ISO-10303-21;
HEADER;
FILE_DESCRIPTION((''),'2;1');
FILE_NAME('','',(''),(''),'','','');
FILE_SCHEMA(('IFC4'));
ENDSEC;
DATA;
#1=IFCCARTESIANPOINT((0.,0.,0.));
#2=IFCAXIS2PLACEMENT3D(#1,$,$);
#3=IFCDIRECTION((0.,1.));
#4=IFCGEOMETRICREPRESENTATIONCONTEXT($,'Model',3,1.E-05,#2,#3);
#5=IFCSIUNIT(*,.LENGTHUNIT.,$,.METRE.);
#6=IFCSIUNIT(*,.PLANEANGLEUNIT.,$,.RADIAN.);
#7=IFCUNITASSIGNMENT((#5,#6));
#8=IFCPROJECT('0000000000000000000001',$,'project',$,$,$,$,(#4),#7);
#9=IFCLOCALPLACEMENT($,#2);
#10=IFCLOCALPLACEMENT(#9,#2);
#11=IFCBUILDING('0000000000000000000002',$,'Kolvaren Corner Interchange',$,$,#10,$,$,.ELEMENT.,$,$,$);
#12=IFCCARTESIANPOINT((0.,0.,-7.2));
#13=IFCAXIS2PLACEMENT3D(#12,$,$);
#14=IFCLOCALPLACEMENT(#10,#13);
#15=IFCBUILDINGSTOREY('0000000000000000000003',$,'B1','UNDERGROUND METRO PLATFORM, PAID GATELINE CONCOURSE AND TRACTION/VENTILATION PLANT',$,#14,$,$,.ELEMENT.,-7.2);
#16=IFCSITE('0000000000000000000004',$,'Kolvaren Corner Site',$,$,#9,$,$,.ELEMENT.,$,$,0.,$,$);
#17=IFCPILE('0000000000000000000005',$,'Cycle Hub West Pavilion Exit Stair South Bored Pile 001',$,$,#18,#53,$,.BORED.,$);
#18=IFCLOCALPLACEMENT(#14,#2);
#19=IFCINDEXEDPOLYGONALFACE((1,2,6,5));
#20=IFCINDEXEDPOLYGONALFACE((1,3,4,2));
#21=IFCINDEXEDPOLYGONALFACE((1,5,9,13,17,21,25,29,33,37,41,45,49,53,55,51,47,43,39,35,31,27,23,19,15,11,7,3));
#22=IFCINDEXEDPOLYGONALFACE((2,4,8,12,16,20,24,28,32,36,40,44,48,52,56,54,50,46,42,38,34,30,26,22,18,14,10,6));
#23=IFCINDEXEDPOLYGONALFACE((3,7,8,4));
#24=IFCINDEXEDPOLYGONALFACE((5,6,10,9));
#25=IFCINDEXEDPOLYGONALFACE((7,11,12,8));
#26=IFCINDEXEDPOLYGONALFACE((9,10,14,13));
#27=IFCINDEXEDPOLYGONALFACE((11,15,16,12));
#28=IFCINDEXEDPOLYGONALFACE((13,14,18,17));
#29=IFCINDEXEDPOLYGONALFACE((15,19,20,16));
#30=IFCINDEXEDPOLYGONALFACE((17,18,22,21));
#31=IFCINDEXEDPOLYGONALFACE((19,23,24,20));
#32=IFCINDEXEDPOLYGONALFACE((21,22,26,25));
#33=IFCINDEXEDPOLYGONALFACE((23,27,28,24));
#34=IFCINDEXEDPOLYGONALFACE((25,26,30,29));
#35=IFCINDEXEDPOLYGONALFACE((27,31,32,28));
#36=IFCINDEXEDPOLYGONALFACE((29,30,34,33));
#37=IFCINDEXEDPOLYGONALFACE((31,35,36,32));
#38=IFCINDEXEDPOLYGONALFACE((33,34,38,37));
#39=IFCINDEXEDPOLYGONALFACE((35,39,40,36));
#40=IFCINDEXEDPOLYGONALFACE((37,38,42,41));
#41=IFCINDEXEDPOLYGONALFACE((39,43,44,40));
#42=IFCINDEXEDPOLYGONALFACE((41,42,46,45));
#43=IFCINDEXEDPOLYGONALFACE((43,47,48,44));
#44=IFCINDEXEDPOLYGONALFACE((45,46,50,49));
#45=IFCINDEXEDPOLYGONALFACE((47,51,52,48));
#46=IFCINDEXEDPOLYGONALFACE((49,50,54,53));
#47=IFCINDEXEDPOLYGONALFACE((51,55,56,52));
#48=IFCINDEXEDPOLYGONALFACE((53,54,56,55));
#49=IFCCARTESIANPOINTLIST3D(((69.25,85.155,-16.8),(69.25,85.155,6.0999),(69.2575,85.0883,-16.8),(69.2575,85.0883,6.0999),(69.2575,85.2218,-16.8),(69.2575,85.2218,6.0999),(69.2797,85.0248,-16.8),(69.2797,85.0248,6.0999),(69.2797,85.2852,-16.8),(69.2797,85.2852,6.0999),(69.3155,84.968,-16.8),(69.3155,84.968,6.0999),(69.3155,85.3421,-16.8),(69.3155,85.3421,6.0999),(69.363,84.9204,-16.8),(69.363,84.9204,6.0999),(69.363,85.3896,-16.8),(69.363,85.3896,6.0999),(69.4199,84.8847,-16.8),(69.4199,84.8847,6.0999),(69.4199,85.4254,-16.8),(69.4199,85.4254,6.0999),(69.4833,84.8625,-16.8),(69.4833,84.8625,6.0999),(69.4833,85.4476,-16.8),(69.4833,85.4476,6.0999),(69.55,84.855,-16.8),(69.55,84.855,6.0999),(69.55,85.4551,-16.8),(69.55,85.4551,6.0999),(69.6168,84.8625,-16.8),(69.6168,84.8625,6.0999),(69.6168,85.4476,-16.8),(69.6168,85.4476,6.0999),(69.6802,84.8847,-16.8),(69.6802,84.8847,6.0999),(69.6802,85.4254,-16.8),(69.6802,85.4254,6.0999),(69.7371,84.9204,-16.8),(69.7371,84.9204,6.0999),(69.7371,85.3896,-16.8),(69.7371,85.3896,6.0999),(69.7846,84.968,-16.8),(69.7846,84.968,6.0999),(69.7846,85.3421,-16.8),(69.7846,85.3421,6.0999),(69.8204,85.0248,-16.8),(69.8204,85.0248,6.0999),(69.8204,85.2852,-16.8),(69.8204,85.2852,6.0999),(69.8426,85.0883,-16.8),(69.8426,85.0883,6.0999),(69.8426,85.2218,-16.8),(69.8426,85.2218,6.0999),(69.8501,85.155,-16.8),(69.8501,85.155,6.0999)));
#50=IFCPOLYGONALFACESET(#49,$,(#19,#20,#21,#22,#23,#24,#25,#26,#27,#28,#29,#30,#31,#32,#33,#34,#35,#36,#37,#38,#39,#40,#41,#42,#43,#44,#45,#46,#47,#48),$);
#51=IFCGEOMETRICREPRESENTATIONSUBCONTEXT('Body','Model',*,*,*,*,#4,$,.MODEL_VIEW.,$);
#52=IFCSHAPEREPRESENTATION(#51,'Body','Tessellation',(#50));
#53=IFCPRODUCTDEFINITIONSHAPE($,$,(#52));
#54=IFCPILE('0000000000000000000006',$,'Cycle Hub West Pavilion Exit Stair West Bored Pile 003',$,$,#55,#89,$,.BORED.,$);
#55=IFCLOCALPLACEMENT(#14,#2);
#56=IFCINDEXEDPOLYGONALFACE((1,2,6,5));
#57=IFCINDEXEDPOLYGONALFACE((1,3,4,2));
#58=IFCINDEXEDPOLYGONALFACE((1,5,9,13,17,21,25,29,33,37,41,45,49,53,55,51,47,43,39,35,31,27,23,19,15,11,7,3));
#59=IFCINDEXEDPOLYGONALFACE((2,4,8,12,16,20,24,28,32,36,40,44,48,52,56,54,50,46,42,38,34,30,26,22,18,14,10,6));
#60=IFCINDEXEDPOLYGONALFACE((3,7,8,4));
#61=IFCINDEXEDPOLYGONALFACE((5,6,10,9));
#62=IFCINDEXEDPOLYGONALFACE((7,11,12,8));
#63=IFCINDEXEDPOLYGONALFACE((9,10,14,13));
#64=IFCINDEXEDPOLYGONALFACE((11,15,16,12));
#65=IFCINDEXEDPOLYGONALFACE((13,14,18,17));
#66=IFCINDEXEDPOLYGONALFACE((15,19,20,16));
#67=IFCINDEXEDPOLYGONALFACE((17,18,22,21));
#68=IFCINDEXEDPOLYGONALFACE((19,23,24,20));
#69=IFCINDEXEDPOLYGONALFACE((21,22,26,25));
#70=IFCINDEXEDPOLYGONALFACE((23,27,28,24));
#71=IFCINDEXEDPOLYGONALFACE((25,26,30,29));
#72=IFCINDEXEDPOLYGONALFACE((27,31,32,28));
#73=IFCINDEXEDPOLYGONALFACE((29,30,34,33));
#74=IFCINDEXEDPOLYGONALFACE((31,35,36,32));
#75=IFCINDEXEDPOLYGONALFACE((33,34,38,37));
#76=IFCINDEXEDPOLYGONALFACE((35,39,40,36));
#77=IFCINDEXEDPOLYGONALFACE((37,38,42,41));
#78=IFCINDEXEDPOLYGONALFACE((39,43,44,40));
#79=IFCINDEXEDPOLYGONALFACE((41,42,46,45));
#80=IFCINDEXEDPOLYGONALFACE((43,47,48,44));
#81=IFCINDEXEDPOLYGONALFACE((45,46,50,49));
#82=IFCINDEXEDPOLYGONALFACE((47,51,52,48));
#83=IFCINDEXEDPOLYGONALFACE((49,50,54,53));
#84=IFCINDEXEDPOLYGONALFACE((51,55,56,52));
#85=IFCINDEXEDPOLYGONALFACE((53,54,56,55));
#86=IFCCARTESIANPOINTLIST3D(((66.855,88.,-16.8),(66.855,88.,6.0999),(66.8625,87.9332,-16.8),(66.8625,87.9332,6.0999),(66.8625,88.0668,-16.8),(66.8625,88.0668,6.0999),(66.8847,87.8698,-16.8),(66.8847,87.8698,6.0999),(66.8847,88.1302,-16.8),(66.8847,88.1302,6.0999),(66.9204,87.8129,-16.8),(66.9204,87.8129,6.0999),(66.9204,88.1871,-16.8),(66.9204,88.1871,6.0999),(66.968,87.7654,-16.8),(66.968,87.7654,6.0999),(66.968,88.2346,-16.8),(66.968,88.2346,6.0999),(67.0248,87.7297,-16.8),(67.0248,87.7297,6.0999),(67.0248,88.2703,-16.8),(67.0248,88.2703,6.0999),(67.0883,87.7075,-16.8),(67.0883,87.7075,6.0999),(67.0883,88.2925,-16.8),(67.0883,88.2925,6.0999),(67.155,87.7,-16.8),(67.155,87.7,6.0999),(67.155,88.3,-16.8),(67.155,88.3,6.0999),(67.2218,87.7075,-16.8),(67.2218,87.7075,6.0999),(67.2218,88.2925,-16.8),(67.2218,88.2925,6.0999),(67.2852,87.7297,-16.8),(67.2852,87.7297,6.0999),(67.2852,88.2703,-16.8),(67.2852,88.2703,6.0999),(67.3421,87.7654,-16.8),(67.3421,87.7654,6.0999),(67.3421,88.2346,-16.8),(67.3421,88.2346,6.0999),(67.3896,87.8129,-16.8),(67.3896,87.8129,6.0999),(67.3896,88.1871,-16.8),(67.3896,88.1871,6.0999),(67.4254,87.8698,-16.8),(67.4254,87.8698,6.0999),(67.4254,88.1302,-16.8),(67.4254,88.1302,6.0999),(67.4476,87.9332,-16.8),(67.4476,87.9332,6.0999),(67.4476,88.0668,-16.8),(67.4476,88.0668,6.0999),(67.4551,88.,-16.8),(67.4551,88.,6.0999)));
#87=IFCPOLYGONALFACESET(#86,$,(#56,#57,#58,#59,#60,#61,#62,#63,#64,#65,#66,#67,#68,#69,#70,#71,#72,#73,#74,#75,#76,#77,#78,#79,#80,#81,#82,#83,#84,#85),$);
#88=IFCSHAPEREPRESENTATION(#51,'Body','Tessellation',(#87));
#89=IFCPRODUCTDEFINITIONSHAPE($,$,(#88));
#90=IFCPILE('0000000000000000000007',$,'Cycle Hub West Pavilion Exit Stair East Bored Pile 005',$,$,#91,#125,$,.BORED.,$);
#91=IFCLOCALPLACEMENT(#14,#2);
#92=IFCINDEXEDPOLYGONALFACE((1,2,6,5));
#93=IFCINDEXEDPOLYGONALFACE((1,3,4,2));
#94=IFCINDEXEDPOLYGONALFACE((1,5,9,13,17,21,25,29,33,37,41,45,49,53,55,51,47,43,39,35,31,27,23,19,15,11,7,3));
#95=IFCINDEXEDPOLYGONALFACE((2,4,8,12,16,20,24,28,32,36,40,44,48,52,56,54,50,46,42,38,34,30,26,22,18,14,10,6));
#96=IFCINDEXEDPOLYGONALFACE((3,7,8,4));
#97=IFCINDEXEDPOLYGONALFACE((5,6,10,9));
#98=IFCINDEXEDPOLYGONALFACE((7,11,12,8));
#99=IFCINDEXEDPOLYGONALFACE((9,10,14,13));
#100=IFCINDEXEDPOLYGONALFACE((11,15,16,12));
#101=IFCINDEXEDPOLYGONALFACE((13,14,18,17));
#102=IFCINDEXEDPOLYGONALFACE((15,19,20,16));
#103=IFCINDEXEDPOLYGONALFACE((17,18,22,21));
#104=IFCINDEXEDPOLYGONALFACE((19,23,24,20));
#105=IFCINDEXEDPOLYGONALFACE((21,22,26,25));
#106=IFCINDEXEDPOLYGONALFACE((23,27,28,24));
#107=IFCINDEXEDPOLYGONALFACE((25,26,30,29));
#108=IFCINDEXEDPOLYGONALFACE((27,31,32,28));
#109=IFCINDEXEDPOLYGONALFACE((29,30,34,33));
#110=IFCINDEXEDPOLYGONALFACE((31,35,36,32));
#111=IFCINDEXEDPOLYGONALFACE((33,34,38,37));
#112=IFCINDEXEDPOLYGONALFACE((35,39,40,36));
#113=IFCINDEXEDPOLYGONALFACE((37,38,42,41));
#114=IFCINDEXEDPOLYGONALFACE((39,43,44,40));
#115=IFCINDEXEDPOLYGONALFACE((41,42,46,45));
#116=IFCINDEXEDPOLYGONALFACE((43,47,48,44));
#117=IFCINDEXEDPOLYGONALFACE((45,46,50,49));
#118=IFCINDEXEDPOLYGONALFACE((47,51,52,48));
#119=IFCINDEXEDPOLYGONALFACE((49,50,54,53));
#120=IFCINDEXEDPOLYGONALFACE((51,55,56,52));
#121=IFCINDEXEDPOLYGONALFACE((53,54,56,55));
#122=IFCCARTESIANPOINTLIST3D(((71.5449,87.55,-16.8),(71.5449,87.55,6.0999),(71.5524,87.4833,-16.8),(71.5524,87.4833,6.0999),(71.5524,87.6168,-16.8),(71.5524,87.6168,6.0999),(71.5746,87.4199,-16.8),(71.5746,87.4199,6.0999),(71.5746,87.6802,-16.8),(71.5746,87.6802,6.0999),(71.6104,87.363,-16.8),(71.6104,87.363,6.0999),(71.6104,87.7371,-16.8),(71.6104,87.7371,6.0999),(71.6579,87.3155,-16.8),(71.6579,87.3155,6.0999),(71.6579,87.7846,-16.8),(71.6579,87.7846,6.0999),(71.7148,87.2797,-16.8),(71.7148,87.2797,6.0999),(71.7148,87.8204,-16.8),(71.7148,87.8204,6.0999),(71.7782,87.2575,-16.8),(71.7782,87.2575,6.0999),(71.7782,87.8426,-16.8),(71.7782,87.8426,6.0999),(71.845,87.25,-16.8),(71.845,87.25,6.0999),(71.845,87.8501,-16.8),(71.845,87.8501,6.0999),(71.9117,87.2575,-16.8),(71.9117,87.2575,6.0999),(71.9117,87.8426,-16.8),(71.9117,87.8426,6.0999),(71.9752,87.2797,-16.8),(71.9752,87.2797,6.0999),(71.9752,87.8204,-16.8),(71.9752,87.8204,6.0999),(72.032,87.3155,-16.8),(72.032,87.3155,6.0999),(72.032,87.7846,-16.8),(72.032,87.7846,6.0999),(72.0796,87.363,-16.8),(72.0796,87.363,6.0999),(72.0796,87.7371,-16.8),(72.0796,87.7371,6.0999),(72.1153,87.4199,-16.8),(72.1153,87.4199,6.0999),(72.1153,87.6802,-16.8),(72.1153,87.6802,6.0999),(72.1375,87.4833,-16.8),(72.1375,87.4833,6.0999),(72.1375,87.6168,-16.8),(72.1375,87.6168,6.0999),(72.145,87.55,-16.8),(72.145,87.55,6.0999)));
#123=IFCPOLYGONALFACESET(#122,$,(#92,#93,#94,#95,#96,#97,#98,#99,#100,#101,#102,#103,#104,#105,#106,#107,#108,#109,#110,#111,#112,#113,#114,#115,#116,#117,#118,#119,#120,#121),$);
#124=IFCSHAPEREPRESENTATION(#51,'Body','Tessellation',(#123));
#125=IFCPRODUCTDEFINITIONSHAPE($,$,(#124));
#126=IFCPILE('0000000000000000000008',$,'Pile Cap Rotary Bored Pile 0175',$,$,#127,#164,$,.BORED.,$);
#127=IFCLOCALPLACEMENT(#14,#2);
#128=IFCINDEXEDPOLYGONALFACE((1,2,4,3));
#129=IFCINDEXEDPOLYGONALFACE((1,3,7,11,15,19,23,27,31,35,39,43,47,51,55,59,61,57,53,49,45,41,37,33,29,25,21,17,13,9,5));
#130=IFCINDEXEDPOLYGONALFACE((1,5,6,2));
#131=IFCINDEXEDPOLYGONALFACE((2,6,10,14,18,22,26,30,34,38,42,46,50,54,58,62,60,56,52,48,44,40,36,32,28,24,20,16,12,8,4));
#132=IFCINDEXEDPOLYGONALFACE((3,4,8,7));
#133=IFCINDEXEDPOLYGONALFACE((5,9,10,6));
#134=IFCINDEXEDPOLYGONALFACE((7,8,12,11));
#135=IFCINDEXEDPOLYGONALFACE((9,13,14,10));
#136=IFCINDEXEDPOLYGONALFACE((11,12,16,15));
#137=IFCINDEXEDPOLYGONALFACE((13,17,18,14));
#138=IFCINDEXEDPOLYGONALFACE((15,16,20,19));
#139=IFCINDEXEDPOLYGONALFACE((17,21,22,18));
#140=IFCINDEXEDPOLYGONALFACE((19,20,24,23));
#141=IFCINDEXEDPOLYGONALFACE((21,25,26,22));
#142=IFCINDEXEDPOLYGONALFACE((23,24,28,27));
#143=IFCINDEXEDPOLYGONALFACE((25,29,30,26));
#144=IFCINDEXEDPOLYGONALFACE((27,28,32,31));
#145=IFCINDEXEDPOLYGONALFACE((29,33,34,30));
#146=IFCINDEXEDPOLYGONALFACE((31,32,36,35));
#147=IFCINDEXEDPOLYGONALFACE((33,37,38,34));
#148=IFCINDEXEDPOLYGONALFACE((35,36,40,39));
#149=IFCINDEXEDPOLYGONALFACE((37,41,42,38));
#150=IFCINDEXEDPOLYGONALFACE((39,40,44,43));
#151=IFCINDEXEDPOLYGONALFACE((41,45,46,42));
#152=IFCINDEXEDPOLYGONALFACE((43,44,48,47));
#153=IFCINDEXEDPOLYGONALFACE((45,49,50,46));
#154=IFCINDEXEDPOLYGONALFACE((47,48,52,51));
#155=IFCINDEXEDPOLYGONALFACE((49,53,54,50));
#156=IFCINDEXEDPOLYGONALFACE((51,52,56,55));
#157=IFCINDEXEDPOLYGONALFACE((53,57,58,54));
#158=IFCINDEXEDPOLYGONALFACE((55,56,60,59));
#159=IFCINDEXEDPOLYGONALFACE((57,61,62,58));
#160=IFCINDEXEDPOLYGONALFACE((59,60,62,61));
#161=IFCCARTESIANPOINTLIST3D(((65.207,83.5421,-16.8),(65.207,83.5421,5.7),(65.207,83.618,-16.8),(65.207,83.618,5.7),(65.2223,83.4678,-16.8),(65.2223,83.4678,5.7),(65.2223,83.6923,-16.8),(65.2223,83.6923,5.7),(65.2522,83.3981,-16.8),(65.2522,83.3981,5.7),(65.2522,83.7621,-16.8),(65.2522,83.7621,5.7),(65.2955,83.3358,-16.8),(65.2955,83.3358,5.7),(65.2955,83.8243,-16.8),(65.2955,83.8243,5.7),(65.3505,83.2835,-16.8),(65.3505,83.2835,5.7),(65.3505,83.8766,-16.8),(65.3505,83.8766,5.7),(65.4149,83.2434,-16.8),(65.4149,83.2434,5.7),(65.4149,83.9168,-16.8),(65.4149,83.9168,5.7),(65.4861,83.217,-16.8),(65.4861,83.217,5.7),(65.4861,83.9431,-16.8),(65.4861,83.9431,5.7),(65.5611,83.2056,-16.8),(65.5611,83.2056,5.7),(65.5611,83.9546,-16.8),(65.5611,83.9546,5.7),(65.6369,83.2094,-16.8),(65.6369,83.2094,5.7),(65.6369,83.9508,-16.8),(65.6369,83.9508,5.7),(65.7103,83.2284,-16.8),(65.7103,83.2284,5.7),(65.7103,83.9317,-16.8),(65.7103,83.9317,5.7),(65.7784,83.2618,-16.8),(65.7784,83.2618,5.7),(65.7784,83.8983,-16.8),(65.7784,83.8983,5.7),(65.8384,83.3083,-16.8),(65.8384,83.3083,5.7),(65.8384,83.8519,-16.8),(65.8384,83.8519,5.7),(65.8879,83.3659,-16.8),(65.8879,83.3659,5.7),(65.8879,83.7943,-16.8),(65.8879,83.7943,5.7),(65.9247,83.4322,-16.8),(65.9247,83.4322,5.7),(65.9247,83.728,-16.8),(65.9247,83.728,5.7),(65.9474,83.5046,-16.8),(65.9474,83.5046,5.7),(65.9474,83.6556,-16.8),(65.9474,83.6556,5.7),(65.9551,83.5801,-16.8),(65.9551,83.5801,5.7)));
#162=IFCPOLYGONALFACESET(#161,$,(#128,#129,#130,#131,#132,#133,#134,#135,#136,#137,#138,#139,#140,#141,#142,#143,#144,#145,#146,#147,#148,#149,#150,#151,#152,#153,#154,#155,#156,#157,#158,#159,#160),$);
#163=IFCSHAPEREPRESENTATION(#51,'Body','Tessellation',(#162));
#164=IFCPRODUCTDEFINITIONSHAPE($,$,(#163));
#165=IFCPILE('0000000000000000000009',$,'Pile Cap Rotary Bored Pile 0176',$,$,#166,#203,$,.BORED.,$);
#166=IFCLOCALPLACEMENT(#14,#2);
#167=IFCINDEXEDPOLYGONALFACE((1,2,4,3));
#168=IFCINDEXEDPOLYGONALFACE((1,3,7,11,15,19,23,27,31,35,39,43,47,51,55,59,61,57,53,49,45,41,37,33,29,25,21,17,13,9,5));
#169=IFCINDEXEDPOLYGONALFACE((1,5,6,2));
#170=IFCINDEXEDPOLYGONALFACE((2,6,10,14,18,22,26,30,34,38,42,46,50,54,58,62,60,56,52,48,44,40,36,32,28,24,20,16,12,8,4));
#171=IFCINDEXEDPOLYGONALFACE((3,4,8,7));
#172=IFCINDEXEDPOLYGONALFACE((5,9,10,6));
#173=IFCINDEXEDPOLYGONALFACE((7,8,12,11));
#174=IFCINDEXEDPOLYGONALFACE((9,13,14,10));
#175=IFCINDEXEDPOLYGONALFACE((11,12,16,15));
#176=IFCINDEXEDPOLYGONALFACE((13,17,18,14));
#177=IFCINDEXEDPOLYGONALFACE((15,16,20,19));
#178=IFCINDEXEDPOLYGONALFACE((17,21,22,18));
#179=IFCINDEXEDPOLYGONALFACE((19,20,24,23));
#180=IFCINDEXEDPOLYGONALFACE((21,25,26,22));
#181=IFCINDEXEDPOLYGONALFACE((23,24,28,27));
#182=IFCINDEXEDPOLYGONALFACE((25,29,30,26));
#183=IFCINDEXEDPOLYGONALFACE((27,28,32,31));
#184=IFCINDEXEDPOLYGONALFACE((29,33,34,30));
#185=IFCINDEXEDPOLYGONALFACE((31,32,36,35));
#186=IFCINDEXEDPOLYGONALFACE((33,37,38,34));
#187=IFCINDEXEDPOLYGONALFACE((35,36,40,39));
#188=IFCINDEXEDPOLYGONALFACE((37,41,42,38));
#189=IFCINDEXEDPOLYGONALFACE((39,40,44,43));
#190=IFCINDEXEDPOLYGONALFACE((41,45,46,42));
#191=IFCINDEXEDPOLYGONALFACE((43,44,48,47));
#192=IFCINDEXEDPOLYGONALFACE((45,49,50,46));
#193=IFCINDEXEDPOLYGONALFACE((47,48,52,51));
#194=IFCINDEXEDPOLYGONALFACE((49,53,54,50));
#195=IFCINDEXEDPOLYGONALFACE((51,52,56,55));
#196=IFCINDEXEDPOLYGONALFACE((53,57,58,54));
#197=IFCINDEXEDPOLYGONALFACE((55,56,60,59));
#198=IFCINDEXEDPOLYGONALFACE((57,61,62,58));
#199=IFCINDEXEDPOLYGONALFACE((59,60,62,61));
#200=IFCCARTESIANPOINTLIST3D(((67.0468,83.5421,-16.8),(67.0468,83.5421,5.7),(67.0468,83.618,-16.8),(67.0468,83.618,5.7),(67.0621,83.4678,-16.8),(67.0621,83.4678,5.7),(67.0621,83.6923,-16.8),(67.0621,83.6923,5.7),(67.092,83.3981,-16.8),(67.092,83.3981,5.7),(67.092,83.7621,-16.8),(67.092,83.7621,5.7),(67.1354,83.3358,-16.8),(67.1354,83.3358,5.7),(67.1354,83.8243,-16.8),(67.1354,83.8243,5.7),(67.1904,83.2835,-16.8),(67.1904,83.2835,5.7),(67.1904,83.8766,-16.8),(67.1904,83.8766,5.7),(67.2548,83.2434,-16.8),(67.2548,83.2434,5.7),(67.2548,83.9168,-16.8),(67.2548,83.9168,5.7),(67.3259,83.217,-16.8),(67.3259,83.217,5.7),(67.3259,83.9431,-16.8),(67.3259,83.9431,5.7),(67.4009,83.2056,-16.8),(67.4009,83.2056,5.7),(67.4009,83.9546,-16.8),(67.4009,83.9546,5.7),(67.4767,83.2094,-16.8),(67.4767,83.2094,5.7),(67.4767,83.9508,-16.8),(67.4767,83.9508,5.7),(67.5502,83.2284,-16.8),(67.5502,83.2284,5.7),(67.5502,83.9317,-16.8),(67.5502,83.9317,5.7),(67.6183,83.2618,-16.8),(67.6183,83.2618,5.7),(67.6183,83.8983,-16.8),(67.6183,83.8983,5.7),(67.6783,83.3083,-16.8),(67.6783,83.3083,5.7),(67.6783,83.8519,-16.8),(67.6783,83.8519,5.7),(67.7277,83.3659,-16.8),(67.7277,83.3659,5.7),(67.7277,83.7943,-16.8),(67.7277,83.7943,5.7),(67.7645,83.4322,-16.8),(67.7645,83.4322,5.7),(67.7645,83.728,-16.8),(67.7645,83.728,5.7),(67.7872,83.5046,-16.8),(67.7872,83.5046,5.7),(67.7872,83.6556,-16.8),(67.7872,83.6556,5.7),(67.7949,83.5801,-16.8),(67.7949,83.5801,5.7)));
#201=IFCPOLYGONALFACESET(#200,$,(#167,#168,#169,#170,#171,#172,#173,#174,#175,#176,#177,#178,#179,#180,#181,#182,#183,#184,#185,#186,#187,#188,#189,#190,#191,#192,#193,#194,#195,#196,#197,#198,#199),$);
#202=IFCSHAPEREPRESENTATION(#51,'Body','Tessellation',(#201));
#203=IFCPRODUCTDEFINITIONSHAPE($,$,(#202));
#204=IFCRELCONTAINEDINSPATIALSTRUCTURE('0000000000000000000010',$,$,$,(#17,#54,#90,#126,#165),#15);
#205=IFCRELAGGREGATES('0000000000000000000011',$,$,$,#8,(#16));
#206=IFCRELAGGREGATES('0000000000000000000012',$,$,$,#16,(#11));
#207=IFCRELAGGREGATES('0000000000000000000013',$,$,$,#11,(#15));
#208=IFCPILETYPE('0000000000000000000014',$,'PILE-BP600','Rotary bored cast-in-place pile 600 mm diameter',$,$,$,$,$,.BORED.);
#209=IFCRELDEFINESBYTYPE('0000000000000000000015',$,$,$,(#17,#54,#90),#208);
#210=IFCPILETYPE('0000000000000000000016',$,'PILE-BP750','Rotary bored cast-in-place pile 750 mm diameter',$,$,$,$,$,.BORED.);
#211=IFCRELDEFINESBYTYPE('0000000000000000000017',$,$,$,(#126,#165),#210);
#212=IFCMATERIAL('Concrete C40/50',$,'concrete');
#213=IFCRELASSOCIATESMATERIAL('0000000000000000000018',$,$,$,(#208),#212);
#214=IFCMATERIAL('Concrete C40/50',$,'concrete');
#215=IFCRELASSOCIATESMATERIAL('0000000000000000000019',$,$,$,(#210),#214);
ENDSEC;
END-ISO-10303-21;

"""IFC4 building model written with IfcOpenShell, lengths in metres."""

from ifc_helpers import new_model, si_unit, direction, frame, origin, origin_2d, place, context, subcontext, project, spatial, circle, extrude, material, material_profile, profile_set, type_object, element, save


model = new_model("IFC4")

# Units and contexts
model_context = context("Model", 3, precision=1e-05, world=origin(), true_north=direction((0.0, 1.0)))
body_context = subcontext(model_context, "Body", "Model", "MODEL_VIEW")
ifc_project = project(units=[si_unit("LENGTHUNIT", "METRE"), si_unit("PLANEANGLEUNIT", "RADIAN")], contexts=[model_context])

# Site, building, storey
site_placement = place(None, origin())
site = spatial("IfcSite", under=ifc_project, at=site_placement, Name="Kolvaren Corner Site", CompositionType="ELEMENT", RefElevation=0.0)
building_placement = place(site_placement, origin())
building = spatial("IfcBuilding", under=site, at=building_placement, Name="Kolvaren Corner Interchange", CompositionType="ELEMENT")
storey_placement = place(building_placement, frame((0.0, 0.0, -7.2)))
storey = spatial("IfcBuildingStorey", under=building, at=storey_placement, Name="B1", Description="UNDERGROUND METRO PLATFORM, PAID GATELINE CONCOURSE AND TRACTION/VENTILATION PLANT", CompositionType="ELEMENT", Elevation=-7.2)

# Piles
ifc_material_1 = material(Name="Concrete C40/50", Category="concrete")
ifc_material_profile_1 = material_profile(ifc_material_1, circle(Radius=0.3, at=origin_2d()), Name="BORED PILE 600")
ifc_profile_set_1 = profile_set([ifc_material_profile_1], Name="Concrete C40/50")
pile_type_1 = type_object("IfcPileType", Name="PILE-BP600", Description="Rotary bored cast-in-place pile 600 mm diameter", PredefinedType="BORED", material=ifc_profile_set_1)
for number, where, z_axis, x_axis, name in (
    (1, (69.55, 85.155, 6.0999), (0.0, 0.0, -1.0), (1.0, 0.0, 0.0), "Cycle Hub West Pavilion Exit Stair South Bored Pile 001"),
    (2, (67.155, 88.0, 6.0999), (0.0, 0.0, -1.0), (1.0, 0.0, 0.0), "Cycle Hub West Pavilion Exit Stair West Bored Pile 003"),
    (3, (71.845, 87.55, 6.0999), (0.0, 0.0, -1.0), (1.0, 0.0, 0.0), "Cycle Hub West Pavilion Exit Stair East Bored Pile 005"),
):
    element("IfcPile", number, at=place(storey_placement, frame(where, z_axis=z_axis, x_axis=x_axis)), inside=storey, type_object=pile_type_1, Name=name, PredefinedType="BORED", context=body_context, shape_type="SweptSolid", body=[
        extrude(circle(Radius=0.3, at=origin_2d()), origin(), (0.0, 0.0, 1.0), 22.8999),
    ])
ifc_material_2 = material(Name="Concrete C40/50", Category="concrete")
ifc_material_profile_2 = material_profile(ifc_material_2, circle(Radius=0.375, at=origin_2d()), Name="BORED PILE 750")
ifc_profile_set_2 = profile_set([ifc_material_profile_2], Name="Concrete C40/50")
pile_type_2 = type_object("IfcPileType", Name="PILE-BP750", Description="Rotary bored cast-in-place pile 750 mm diameter", PredefinedType="BORED", material=ifc_profile_set_2)
for number, where, z_axis, x_axis, name in (
    (4, (65.5801, 83.5801, 5.7), (0.0, 0.0, -1.0), (1.0, 0.0, 0.0), "Pile Cap Rotary Bored Pile 0175"),
    (5, (67.4199, 83.5801, 5.7), (0.0, 0.0, -1.0), (1.0, 0.0, 0.0), "Pile Cap Rotary Bored Pile 0176"),
):
    element("IfcPile", number, at=place(storey_placement, frame(where, z_axis=z_axis, x_axis=x_axis)), inside=storey, type_object=pile_type_2, Name=name, PredefinedType="BORED", context=body_context, shape_type="SweptSolid", body=[
        extrude(circle(Radius=0.375, at=origin_2d()), origin(), (0.0, 0.0, 1.0), 22.5),
    ])

save(model, "model.ifc")
